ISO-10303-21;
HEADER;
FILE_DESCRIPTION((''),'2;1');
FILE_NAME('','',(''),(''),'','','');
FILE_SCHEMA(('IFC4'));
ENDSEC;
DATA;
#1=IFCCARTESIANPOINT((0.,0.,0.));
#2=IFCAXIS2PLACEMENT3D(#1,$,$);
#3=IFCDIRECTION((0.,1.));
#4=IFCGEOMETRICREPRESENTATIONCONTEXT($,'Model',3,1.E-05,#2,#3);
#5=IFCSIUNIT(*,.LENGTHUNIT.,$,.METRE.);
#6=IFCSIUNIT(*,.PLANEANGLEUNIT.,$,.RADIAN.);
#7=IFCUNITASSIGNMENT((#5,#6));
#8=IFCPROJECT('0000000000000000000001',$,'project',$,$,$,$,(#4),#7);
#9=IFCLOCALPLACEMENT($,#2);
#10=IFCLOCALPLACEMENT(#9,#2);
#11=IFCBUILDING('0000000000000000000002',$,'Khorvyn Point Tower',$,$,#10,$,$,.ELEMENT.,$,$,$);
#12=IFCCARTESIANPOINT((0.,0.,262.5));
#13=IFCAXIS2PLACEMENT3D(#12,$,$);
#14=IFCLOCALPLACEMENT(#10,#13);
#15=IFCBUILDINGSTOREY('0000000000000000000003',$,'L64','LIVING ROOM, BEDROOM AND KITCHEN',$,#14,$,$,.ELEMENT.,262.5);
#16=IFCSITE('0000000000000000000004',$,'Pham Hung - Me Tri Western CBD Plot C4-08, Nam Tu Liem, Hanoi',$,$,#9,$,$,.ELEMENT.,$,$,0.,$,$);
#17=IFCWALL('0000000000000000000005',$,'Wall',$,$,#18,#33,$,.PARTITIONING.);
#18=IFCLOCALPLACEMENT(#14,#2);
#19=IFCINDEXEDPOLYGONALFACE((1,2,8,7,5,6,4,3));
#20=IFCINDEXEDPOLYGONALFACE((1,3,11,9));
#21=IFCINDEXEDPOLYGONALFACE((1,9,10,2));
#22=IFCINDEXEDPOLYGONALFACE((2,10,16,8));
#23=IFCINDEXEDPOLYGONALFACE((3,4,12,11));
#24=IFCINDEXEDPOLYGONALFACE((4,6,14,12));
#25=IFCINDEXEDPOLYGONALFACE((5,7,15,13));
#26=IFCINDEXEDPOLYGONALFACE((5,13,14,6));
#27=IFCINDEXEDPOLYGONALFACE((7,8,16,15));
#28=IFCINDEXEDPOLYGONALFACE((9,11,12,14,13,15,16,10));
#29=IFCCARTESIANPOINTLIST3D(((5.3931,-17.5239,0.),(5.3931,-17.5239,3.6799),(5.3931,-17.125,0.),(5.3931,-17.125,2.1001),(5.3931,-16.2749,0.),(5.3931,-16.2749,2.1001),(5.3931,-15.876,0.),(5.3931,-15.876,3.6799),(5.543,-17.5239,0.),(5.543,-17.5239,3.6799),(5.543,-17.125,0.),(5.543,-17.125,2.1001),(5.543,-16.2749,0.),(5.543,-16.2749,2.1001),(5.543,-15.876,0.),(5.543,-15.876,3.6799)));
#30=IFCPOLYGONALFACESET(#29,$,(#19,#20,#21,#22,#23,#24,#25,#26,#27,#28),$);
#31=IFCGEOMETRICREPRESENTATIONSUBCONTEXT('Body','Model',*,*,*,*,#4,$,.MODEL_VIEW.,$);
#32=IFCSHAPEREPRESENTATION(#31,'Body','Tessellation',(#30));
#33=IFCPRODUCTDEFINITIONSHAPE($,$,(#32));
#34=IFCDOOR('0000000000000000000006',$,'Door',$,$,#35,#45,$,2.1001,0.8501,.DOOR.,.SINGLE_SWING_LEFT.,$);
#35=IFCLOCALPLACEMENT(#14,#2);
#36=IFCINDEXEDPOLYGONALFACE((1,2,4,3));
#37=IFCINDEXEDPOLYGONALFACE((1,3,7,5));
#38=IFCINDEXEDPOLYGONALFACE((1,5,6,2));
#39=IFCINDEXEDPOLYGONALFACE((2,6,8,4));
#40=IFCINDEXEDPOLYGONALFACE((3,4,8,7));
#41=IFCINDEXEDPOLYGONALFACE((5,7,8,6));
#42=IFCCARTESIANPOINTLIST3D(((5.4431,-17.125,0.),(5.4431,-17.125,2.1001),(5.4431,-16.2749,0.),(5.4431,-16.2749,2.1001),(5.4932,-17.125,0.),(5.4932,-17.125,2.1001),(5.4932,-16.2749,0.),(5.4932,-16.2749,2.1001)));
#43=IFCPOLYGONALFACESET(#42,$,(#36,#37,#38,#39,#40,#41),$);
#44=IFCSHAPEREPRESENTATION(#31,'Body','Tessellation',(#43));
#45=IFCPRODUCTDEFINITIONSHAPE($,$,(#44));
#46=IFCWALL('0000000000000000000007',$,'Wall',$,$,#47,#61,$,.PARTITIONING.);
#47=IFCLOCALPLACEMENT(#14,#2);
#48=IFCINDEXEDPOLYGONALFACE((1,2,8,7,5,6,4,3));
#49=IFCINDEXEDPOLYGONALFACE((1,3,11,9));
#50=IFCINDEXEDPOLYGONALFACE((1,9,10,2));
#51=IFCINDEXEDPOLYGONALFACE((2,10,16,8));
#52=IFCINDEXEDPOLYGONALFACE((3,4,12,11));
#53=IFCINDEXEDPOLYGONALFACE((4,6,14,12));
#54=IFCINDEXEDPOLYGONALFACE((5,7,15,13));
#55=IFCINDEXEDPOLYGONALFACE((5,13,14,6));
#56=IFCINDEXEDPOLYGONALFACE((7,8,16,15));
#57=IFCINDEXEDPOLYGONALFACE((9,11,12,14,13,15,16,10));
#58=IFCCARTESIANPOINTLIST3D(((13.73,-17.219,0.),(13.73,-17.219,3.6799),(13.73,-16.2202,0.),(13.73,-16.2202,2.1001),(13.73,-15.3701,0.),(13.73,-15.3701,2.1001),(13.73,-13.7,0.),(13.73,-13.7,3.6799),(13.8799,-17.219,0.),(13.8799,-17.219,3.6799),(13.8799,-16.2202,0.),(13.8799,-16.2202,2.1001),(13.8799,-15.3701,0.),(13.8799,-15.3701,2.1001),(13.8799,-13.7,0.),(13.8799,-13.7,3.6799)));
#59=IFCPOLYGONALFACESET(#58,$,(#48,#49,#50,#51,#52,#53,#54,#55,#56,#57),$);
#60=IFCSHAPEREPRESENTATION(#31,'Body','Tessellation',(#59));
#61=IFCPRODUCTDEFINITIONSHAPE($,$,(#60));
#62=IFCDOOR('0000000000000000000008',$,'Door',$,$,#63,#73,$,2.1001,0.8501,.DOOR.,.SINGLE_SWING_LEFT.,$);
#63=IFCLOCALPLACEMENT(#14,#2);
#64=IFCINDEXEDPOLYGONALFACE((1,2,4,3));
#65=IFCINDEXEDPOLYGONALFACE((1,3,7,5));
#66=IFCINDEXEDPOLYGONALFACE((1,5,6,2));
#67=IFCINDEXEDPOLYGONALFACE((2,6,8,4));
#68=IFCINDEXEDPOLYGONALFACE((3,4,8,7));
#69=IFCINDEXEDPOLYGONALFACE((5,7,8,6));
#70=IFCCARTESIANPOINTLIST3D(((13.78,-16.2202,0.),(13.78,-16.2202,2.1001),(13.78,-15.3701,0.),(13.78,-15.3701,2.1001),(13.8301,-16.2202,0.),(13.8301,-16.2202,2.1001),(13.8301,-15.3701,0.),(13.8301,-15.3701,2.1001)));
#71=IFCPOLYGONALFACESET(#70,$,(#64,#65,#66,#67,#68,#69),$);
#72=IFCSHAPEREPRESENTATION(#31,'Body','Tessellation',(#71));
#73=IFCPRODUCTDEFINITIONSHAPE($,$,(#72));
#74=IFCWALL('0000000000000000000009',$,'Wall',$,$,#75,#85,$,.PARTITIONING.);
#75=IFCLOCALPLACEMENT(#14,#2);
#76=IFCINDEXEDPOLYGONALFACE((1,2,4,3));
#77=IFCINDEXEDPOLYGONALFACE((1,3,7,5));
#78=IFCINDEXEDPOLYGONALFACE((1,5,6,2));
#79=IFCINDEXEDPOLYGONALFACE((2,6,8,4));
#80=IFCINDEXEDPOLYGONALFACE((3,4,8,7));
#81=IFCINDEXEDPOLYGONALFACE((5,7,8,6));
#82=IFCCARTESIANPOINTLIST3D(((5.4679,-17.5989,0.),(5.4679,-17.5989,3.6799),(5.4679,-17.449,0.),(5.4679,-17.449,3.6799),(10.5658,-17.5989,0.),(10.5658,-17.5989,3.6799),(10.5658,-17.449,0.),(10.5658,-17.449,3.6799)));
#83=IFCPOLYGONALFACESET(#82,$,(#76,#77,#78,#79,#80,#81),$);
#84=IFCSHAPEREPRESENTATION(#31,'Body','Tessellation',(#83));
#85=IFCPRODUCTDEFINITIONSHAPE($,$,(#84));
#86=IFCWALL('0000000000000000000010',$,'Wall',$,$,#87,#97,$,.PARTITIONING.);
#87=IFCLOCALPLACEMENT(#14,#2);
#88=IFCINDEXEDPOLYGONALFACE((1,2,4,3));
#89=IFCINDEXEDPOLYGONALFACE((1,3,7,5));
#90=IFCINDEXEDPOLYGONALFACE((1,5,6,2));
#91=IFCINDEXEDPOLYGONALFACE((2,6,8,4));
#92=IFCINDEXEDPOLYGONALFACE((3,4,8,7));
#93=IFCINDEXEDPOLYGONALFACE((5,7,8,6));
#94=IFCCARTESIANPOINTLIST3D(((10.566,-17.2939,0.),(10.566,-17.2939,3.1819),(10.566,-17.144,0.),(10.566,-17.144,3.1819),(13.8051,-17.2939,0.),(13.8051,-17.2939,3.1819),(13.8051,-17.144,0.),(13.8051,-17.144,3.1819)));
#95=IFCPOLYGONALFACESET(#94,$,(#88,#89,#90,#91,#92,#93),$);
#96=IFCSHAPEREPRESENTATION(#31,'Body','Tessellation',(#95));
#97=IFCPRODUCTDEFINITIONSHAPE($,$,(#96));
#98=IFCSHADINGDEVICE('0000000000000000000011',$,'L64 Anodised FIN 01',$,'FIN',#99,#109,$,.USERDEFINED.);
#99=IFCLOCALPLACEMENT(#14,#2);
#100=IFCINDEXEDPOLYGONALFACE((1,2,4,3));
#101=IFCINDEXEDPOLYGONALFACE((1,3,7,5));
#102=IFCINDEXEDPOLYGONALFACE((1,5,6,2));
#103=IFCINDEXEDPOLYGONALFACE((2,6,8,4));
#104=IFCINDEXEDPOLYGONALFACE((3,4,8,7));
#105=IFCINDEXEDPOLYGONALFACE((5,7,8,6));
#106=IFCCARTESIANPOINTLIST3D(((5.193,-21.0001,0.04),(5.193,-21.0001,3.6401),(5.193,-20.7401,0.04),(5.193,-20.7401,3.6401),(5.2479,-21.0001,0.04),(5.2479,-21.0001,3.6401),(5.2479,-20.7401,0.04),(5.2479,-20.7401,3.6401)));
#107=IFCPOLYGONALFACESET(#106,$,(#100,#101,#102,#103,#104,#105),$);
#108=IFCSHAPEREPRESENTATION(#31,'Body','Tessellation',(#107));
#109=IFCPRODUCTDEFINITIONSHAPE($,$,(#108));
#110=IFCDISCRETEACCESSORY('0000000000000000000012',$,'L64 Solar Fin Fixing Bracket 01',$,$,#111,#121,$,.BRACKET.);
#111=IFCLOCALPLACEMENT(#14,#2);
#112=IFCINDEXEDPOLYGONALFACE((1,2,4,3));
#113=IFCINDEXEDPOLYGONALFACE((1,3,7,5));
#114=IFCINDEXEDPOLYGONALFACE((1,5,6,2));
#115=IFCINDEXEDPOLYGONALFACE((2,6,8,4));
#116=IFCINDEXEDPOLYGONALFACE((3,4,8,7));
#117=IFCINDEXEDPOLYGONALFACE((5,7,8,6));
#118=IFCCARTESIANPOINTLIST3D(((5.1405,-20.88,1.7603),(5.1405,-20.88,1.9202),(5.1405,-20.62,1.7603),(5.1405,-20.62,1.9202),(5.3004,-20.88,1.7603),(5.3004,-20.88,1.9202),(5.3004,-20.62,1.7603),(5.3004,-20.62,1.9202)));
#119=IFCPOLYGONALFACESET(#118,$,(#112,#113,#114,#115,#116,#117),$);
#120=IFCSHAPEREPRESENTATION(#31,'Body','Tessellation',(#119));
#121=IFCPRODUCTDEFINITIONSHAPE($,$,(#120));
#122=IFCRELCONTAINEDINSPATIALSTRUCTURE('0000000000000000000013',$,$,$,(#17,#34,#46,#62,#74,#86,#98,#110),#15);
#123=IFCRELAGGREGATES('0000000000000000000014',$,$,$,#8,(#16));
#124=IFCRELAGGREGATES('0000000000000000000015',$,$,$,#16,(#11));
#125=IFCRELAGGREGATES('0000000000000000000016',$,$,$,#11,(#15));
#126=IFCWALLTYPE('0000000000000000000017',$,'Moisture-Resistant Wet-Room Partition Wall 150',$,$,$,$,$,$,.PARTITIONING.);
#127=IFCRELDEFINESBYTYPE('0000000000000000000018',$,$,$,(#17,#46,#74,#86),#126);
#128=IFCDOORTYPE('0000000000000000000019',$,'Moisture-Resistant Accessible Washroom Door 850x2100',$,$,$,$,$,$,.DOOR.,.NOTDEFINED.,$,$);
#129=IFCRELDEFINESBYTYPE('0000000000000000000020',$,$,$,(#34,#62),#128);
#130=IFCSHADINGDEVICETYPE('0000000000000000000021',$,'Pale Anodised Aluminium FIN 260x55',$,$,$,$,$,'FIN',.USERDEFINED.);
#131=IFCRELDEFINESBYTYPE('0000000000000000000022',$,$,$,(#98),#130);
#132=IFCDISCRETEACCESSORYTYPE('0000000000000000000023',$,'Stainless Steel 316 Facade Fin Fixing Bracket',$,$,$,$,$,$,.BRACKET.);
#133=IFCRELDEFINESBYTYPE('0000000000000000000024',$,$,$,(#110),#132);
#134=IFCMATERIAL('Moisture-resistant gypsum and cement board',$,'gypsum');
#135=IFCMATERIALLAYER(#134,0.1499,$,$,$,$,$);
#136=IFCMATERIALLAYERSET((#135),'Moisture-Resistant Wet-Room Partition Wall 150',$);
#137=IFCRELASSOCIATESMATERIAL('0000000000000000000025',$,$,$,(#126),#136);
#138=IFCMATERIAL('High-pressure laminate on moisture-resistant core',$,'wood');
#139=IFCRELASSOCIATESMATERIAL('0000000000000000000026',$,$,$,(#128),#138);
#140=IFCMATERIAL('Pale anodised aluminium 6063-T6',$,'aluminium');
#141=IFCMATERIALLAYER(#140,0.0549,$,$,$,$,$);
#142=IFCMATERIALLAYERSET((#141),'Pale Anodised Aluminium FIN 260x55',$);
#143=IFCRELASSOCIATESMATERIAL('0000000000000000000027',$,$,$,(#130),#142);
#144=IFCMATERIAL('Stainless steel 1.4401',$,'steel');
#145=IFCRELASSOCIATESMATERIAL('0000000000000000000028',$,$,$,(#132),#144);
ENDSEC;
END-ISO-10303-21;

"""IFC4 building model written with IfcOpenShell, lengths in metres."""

from ifc_helpers import new_model, si_unit, direction, frame, frame_2d, origin, origin_2d, place, context, subcontext, project, spatial, rectangle, extrude, material, layer, layer_set, type_object, element, fill, save


model = new_model("IFC4")

# Units and contexts
model_context = context("Model", 3, precision=1e-05, world=origin(), true_north=direction((0.0, 1.0)))
body_context = subcontext(model_context, "Body", "Model", "MODEL_VIEW")
ifc_project = project(units=[si_unit("LENGTHUNIT", "METRE"), si_unit("PLANEANGLEUNIT", "RADIAN")], contexts=[model_context])

# Site, building, storey
site_placement = place(None, origin())
site = spatial("IfcSite", under=ifc_project, at=site_placement, Name="Pham Hung - Me Tri Western CBD Plot C4-08, Nam Tu Liem, Hanoi", CompositionType="ELEMENT", RefElevation=0.0)
building_placement = place(site_placement, origin())
building = spatial("IfcBuilding", under=site, at=building_placement, Name="Khorvyn Point Tower", CompositionType="ELEMENT")
storey_placement = place(building_placement, frame((0.0, 0.0, 262.5)))
storey = spatial("IfcBuildingStorey", under=building, at=storey_placement, Name="L64", Description="LIVING ROOM, BEDROOM AND KITCHEN", CompositionType="ELEMENT", Elevation=262.5)

# Walls, openings, doors
ifc_material_1 = material(Name="Moisture-resistant gypsum and cement board", Category="gypsum")
ifc_layer_1 = layer(ifc_material_1, 0.1499)
ifc_layer_set_1 = layer_set([ifc_layer_1], Name="Moisture-Resistant Wet-Room Partition Wall 150")
wall_type_1 = type_object("IfcWallType", Name="Moisture-Resistant Wet-Room Partition Wall 150", PredefinedType="PARTITIONING", material=ifc_layer_set_1)
wall_1_placement = place(storey_placement, frame((5.468, -17.5239, 0.0), z_axis=(0.0, 0.0, 1.0), x_axis=(0.0, 1.0, 0.0)))
wall_1 = element("IfcWall", 1, at=wall_1_placement, inside=storey, type_object=wall_type_1, Name="Wall", PredefinedType="PARTITIONING", context=body_context, shape_type="SweptSolid", body=[
    extrude(rectangle(XDim=1.6479, YDim=0.1499, at=frame_2d((0.824, 0.0))), origin(), (0.0, 0.0, 1.0), 3.6799),
])
opening_1_placement = place(wall_1_placement, frame((0.3989, 0.0, 0.0)))
opening_1 = element("IfcOpeningElement", 2, at=opening_1_placement, cuts=wall_1, PredefinedType="OPENING", context=body_context, shape_type="SweptSolid", body=[
    extrude(rectangle(XDim=0.8501, YDim=2.1001, at=frame_2d((0.425, 1.05))), frame((0.0, 0.085, 0.0), z_axis=(0.0, -1.0, 0.0), x_axis=(1.0, 0.0, 0.0)), (0.0, 0.0, 1.0), 0.1699),
])
ifc_material_2 = material(Name="High-pressure laminate on moisture-resistant core", Category="wood")
door_type_1 = type_object("IfcDoorType", Name="Moisture-Resistant Accessible Washroom Door 850x2100", OperationType="NOTDEFINED", PredefinedType="DOOR", material=ifc_material_2)
door_1_placement = place(opening_1_placement, origin())
door_1 = element("IfcDoor", 3, at=door_1_placement, inside=storey, type_object=door_type_1, Name="Door", OperationType="SINGLE_SWING_LEFT", OverallHeight=2.1001, OverallWidth=0.8501, PredefinedType="DOOR", context=body_context, shape_type="SweptSolid", body=[
    extrude(rectangle(XDim=0.8501, YDim=2.1001, at=frame_2d((0.425, 1.05))), frame((0.0, 0.0249, 0.0), z_axis=(0.0, -1.0, 0.0), x_axis=(1.0, 0.0, 0.0)), (0.0, 0.0, 1.0), 0.05),
])
fill(opening_1, door_1)
wall_2_placement = place(storey_placement, frame((13.8049, -17.219, 0.0), z_axis=(0.0, 0.0, 1.0), x_axis=(0.0, 1.0, 0.0)))
wall_2 = element("IfcWall", 4, at=wall_2_placement, inside=storey, type_object=wall_type_1, Name="Wall", PredefinedType="PARTITIONING", context=body_context, shape_type="SweptSolid", body=[
    extrude(rectangle(XDim=3.519, YDim=0.1499, at=frame_2d((1.7595, 0.0))), origin(), (0.0, 0.0, 1.0), 3.6799),
])
opening_2_placement = place(wall_2_placement, frame((0.9988, 0.0, 0.0)))
opening_2 = element("IfcOpeningElement", 5, at=opening_2_placement, cuts=wall_2, PredefinedType="OPENING", context=body_context, shape_type="SweptSolid", body=[
    extrude(rectangle(XDim=0.8501, YDim=2.1001, at=frame_2d((0.425, 1.05))), frame((0.0, 0.085, 0.0), z_axis=(0.0, -1.0, 0.0), x_axis=(1.0, 0.0, 0.0)), (0.0, 0.0, 1.0), 0.1699),
])
door_2_placement = place(opening_2_placement, origin())
door_2 = element("IfcDoor", 6, at=door_2_placement, inside=storey, type_object=door_type_1, Name="Door", OperationType="SINGLE_SWING_LEFT", OverallHeight=2.1001, OverallWidth=0.8501, PredefinedType="DOOR", context=body_context, shape_type="SweptSolid", body=[
    extrude(rectangle(XDim=0.8501, YDim=2.1001, at=frame_2d((0.425, 1.05))), frame((0.0, 0.0249, 0.0), z_axis=(0.0, -1.0, 0.0), x_axis=(1.0, 0.0, 0.0)), (0.0, 0.0, 1.0), 0.05),
])
fill(opening_2, door_2)

# Walls
wall_3_placement = place(storey_placement, frame((5.468, -17.5239, 0.0), z_axis=(0.0, 0.0, 1.0), x_axis=(1.0, 0.0, 0.0)))
element("IfcWall", 7, at=wall_3_placement, inside=storey, type_object=wall_type_1, Name="Wall", PredefinedType="PARTITIONING", context=body_context, shape_type="SweptSolid", body=[
    extrude(rectangle(XDim=5.0979, YDim=0.1499, at=frame_2d((2.5488, 0.0))), origin(), (0.0, 0.0, 1.0), 3.6799),
])
wall_4_placement = place(storey_placement, frame((10.5659, -17.219, 0.0), z_axis=(0.0, 0.0, 1.0), x_axis=(1.0, 0.0, 0.0)))
element("IfcWall", 8, at=wall_4_placement, inside=storey, type_object=wall_type_1, Name="Wall", PredefinedType="PARTITIONING", context=body_context, shape_type="SweptSolid", body=[
    extrude(rectangle(XDim=3.239, YDim=0.1499, at=frame_2d((1.6196, 0.0))), origin(), (0.0, 0.0, 1.0), 3.1819),
])

# Shading device
ifc_material_3 = material(Name="Pale anodised aluminium 6063-T6", Category="aluminium")
ifc_layer_2 = layer(ifc_material_3, 0.0549)
ifc_layer_set_2 = layer_set([ifc_layer_2], Name="Pale Anodised Aluminium FIN 260x55")
shading_device_type = type_object("IfcShadingDeviceType", Name="Pale Anodised Aluminium FIN 260x55", ElementType="FIN", PredefinedType="USERDEFINED", material=ifc_layer_set_2)
shading_device_placement = place(storey_placement, frame((5.2205, -20.8701, 0.04), z_axis=(0.0, 0.0, 1.0), x_axis=(0.0, -1.0, 0.0)))
element("IfcShadingDevice", 9, at=shading_device_placement, inside=storey, type_object=shading_device_type, Name="L64 Anodised FIN 01", ObjectType="FIN", PredefinedType="USERDEFINED", context=body_context, shape_type="SweptSolid", body=[
    extrude(rectangle(XDim=0.26, YDim=0.0549, at=origin_2d()), origin(), (0.0, 0.0, 1.0), 3.6001),
])

# Discrete accessory
ifc_material_4 = material(Name="Stainless steel 1.4401", Category="steel")
discrete_accessory_type = type_object("IfcDiscreteAccessoryType", Name="Stainless Steel 316 Facade Fin Fixing Bracket", PredefinedType="BRACKET", material=ifc_material_4)
discrete_accessory_placement = place(storey_placement, frame((5.2205, -20.75, 1.7603), z_axis=(0.0, 0.0, 1.0), x_axis=(-1.0, 0.0, 0.0)))
element("IfcDiscreteAccessory", 10, at=discrete_accessory_placement, inside=storey, type_object=discrete_accessory_type, Name="L64 Solar Fin Fixing Bracket 01", PredefinedType="BRACKET", context=body_context, shape_type="SweptSolid", body=[
    extrude(rectangle(XDim=0.1599, YDim=0.26, at=origin_2d()), origin(), (0.0, 0.0, 1.0), 0.1599),
])

save(model, "model.ifc")
